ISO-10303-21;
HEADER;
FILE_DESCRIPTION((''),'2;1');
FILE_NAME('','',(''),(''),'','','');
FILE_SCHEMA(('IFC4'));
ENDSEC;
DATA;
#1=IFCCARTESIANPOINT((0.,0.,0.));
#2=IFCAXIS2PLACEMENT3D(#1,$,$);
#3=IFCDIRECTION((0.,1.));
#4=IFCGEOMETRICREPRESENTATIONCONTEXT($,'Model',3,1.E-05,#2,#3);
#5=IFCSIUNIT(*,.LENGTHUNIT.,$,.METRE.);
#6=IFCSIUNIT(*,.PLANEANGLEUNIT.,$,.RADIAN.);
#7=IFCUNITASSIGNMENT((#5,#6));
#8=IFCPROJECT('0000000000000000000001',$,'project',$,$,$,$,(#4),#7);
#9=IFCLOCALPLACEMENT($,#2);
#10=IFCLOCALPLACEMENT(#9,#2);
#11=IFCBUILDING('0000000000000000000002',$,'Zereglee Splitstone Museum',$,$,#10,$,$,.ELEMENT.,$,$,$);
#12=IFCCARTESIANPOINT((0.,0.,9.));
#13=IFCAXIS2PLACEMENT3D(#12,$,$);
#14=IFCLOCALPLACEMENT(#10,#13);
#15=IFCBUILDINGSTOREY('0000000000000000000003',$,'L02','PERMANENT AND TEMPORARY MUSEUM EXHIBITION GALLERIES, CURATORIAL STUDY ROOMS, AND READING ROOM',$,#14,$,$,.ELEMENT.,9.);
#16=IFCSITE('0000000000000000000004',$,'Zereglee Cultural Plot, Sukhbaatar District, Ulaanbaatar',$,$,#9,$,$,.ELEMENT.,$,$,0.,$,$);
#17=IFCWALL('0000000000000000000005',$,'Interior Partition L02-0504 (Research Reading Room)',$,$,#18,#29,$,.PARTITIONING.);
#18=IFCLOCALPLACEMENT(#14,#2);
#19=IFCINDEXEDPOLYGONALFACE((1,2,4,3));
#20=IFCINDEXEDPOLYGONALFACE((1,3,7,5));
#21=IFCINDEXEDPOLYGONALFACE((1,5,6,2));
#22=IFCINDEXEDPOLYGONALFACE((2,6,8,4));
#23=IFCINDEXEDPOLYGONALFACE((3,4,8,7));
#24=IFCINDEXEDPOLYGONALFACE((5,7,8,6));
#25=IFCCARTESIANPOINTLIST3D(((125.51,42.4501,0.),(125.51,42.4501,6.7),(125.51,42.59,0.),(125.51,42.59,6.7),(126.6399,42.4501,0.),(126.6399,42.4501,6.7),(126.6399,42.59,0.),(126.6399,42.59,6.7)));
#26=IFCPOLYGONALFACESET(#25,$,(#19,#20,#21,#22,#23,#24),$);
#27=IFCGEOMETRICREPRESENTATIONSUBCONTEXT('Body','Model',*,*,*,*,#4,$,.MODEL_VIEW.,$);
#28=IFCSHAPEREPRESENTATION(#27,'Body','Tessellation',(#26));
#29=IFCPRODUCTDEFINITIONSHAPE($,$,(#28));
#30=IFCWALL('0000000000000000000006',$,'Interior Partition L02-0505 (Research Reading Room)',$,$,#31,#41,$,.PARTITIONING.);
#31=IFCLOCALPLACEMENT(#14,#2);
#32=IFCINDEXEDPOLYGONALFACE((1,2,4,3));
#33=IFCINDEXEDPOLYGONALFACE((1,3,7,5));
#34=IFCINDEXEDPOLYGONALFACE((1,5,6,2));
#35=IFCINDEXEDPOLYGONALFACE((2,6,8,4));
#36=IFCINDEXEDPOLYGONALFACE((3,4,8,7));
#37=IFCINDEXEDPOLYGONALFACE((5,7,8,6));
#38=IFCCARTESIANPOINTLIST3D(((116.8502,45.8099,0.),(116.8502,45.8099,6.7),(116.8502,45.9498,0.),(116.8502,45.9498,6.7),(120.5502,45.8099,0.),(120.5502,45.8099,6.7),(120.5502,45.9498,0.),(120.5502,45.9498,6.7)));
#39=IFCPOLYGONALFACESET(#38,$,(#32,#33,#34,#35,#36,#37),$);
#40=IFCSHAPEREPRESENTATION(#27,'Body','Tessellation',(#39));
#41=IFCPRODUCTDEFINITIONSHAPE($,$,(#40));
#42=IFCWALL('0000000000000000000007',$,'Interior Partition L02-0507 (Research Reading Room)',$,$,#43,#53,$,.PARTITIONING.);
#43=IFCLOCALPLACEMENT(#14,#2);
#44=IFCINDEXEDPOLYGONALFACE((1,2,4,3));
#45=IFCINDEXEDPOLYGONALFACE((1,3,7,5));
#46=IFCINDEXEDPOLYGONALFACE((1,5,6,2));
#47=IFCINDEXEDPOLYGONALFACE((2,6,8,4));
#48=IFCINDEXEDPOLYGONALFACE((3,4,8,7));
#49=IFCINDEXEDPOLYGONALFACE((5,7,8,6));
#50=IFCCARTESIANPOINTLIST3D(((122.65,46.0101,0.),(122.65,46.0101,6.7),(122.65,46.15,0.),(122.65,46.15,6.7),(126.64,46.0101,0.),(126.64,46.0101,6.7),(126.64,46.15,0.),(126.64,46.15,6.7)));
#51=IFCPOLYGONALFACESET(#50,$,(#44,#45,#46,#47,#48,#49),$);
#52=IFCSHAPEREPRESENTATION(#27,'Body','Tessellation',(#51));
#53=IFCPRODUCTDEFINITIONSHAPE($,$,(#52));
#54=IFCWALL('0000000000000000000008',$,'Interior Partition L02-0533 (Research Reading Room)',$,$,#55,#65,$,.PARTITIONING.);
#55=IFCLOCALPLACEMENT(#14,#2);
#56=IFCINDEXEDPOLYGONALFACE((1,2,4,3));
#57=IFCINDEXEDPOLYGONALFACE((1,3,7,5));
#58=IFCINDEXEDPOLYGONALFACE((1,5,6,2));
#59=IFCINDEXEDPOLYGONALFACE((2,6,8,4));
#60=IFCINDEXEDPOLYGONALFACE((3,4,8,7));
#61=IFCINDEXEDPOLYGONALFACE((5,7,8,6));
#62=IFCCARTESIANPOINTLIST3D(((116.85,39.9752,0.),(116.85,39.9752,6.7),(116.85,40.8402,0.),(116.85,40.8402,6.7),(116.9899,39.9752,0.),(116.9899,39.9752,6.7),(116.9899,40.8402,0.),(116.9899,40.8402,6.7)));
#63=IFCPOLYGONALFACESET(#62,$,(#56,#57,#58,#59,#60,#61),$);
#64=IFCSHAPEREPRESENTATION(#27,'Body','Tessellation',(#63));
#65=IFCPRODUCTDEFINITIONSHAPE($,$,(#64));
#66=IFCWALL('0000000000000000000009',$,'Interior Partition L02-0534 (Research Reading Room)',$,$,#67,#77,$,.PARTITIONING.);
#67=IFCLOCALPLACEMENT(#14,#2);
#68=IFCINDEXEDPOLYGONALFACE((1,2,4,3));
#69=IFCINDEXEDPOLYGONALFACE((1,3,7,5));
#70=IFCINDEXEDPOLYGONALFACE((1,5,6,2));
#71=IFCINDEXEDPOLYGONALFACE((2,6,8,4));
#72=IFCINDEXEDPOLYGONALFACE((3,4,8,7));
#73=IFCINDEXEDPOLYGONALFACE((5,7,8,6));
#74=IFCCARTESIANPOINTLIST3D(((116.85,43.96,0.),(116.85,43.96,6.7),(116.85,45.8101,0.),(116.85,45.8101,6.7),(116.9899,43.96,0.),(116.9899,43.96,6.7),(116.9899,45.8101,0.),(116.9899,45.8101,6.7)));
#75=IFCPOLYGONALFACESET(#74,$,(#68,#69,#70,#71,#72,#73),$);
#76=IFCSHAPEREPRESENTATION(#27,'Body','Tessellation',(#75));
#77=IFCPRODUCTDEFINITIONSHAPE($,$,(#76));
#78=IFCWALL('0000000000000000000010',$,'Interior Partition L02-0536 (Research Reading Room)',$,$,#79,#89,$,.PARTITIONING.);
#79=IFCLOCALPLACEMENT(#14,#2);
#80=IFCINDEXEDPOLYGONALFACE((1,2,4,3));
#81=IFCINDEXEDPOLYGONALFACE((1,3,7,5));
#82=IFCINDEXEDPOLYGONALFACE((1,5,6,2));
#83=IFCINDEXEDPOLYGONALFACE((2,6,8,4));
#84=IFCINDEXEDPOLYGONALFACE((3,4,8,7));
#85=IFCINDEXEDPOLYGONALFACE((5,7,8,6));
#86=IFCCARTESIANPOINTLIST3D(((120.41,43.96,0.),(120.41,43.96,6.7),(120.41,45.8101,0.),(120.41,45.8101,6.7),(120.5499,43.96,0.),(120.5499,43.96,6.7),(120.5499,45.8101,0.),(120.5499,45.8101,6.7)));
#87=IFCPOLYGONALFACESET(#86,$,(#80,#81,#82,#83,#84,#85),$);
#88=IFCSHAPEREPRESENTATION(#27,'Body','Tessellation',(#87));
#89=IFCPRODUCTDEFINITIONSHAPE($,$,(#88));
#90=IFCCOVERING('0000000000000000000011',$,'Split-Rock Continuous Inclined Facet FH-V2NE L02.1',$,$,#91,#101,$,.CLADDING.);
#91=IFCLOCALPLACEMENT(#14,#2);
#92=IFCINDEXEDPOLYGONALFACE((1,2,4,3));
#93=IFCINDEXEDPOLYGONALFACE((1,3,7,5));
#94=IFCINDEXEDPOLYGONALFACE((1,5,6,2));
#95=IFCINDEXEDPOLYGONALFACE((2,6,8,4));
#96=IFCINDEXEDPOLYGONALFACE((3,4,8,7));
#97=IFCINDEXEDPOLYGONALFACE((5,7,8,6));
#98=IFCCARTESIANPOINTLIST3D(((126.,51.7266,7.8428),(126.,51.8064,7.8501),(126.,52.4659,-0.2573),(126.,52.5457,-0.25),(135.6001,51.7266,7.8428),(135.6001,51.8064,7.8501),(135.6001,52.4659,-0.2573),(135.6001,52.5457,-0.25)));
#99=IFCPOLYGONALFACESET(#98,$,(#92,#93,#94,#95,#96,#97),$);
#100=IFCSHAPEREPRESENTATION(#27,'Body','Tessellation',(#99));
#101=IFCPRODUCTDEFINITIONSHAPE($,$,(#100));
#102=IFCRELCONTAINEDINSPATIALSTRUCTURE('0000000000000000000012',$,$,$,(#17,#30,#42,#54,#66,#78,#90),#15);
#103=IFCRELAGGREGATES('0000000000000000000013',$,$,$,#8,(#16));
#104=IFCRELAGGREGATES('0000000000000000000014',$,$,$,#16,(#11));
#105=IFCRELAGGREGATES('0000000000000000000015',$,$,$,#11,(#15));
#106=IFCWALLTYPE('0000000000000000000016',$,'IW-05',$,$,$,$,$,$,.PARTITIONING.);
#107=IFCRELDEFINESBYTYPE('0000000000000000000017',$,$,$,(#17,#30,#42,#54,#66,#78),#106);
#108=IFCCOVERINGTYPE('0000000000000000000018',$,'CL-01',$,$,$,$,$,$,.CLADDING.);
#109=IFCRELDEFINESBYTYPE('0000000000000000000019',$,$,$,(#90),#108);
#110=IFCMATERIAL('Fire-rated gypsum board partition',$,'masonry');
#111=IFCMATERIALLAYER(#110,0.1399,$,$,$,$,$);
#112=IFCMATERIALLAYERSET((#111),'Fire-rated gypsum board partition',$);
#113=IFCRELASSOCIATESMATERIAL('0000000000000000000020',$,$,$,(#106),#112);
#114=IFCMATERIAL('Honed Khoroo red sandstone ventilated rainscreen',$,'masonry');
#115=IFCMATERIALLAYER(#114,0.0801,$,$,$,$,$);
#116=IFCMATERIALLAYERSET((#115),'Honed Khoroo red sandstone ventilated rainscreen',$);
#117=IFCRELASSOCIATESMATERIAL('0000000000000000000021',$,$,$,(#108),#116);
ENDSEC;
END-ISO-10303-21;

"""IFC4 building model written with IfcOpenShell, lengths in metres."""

from ifc_helpers import new_model, si_unit, direction, frame, frame_2d, origin, place, context, subcontext, project, spatial, polyline, rectangle, outline, extrude, material, layer, layer_set, type_object, element, save


model = new_model("IFC4")

# Units and contexts
model_context = context("Model", 3, precision=1e-05, world=origin(), true_north=direction((0.0, 1.0)))
body_context = subcontext(model_context, "Body", "Model", "MODEL_VIEW")
ifc_project = project(units=[si_unit("LENGTHUNIT", "METRE"), si_unit("PLANEANGLEUNIT", "RADIAN")], contexts=[model_context])

# Site, building, storey
site_placement = place(None, origin())
site = spatial("IfcSite", under=ifc_project, at=site_placement, Name="Zereglee Cultural Plot, Sukhbaatar District, Ulaanbaatar", CompositionType="ELEMENT", RefElevation=0.0)
building_placement = place(site_placement, origin())
building = spatial("IfcBuilding", under=site, at=building_placement, Name="Zereglee Splitstone Museum", CompositionType="ELEMENT")
storey_placement = place(building_placement, frame((0.0, 0.0, 9.0)))
storey = spatial("IfcBuildingStorey", under=building, at=storey_placement, Name="L02", Description="PERMANENT AND TEMPORARY MUSEUM EXHIBITION GALLERIES, CURATORIAL STUDY ROOMS, AND READING ROOM", CompositionType="ELEMENT", Elevation=9.0)

# Walls
ifc_material_1 = material(Name="Fire-rated gypsum board partition", Category="masonry")
ifc_layer_1 = layer(ifc_material_1, 0.1399)
ifc_layer_set_1 = layer_set([ifc_layer_1], Name="Fire-rated gypsum board partition")
wall_type_1 = type_object("IfcWallType", Name="IW-05", PredefinedType="PARTITIONING", material=ifc_layer_set_1)
wall_1_placement = place(storey_placement, frame((125.51, 42.52, 0.0), z_axis=(0.0, 0.0, 1.0), x_axis=(1.0, 0.0, 0.0)))
element("IfcWall", 1, at=wall_1_placement, inside=storey, type_object=wall_type_1, Name="Interior Partition L02-0504 (Research Reading Room)", PredefinedType="PARTITIONING", context=body_context, shape_type="SweptSolid", body=[
    extrude(rectangle(XDim=1.1299, YDim=0.1399, at=frame_2d((0.5649, 0.0))), origin(), (0.0, 0.0, 1.0), 6.7),
])
wall_2_placement = place(storey_placement, frame((116.8501, 45.8799, 0.0), z_axis=(0.0, 0.0, 1.0), x_axis=(1.0, 0.0, 0.0)))
element("IfcWall", 2, at=wall_2_placement, inside=storey, type_object=wall_type_1, Name="Interior Partition L02-0505 (Research Reading Room)", PredefinedType="PARTITIONING", context=body_context, shape_type="SweptSolid", body=[
    extrude(rectangle(XDim=3.7, YDim=0.1399, at=frame_2d((1.8501, 0.0))), origin(), (0.0, 0.0, 1.0), 6.7),
])
wall_3_placement = place(storey_placement, frame((122.6499, 46.0801, 0.0), z_axis=(0.0, 0.0, 1.0), x_axis=(1.0, 0.0, 0.0)))
element("IfcWall", 3, at=wall_3_placement, inside=storey, type_object=wall_type_1, Name="Interior Partition L02-0507 (Research Reading Room)", PredefinedType="PARTITIONING", context=body_context, shape_type="SweptSolid", body=[
    extrude(rectangle(XDim=3.99, YDim=0.1399, at=frame_2d((1.9951, 0.0))), origin(), (0.0, 0.0, 1.0), 6.7),
])
wall_4_placement = place(storey_placement, frame((116.9199, 39.9751, 0.0), z_axis=(0.0, 0.0, 1.0), x_axis=(0.0, 1.0, 0.0)))
element("IfcWall", 4, at=wall_4_placement, inside=storey, type_object=wall_type_1, Name="Interior Partition L02-0533 (Research Reading Room)", PredefinedType="PARTITIONING", context=body_context, shape_type="SweptSolid", body=[
    extrude(rectangle(XDim=0.865, YDim=0.1399, at=frame_2d((0.4326, 0.0))), origin(), (0.0, 0.0, 1.0), 6.7),
])
for number, where, z_axis, x_axis, name in (
    (5, (116.9199, 43.96, 0.0), (0.0, 0.0, 1.0), (0.0, 1.0, 0.0), "Interior Partition L02-0534 (Research Reading Room)"),
    (6, (120.48, 43.96, 0.0), (0.0, 0.0, 1.0), (0.0, 1.0, 0.0), "Interior Partition L02-0536 (Research Reading Room)"),
):
    element("IfcWall", number, at=place(storey_placement, frame(where, z_axis=z_axis, x_axis=x_axis)), inside=storey, type_object=wall_type_1, Name=name, PredefinedType="PARTITIONING", context=body_context, shape_type="SweptSolid", body=[
        extrude(rectangle(XDim=1.8501, YDim=0.1399, at=frame_2d((0.925, 0.0))), origin(), (0.0, 0.0, 1.0), 6.7),
    ])

# Covering
ifc_material_2 = material(Name="Honed Khoroo red sandstone ventilated rainscreen", Category="masonry")
ifc_layer_2 = layer(ifc_material_2, 0.0801)
ifc_layer_set_2 = layer_set([ifc_layer_2], Name="Honed Khoroo red sandstone ventilated rainscreen")
covering_type = type_object("IfcCoveringType", Name="CL-01", PredefinedType="CLADDING", material=ifc_layer_set_2)
covering_placement = place(storey_placement, frame((126.0, 51.8064, 7.8501), z_axis=(0.0, 0.995861, 0.090888), x_axis=(1.0, 0.0, 0.0)))
element("IfcCovering", 7, at=covering_placement, inside=storey, type_object=covering_type, Name="Split-Rock Continuous Inclined Facet FH-V2NE L02.1", PredefinedType="CLADDING", context=body_context, shape_type="SweptSolid", body=[
    extrude(outline(polyline([(0.0, 0.0), (9.6001, 0.0), (9.6001, 8.1338), (0.0, 8.1338), (0.0, 0.0)])), origin(), (0.0, 0.0, -1.0), 0.0801),
])

save(model, "model.ifc")
